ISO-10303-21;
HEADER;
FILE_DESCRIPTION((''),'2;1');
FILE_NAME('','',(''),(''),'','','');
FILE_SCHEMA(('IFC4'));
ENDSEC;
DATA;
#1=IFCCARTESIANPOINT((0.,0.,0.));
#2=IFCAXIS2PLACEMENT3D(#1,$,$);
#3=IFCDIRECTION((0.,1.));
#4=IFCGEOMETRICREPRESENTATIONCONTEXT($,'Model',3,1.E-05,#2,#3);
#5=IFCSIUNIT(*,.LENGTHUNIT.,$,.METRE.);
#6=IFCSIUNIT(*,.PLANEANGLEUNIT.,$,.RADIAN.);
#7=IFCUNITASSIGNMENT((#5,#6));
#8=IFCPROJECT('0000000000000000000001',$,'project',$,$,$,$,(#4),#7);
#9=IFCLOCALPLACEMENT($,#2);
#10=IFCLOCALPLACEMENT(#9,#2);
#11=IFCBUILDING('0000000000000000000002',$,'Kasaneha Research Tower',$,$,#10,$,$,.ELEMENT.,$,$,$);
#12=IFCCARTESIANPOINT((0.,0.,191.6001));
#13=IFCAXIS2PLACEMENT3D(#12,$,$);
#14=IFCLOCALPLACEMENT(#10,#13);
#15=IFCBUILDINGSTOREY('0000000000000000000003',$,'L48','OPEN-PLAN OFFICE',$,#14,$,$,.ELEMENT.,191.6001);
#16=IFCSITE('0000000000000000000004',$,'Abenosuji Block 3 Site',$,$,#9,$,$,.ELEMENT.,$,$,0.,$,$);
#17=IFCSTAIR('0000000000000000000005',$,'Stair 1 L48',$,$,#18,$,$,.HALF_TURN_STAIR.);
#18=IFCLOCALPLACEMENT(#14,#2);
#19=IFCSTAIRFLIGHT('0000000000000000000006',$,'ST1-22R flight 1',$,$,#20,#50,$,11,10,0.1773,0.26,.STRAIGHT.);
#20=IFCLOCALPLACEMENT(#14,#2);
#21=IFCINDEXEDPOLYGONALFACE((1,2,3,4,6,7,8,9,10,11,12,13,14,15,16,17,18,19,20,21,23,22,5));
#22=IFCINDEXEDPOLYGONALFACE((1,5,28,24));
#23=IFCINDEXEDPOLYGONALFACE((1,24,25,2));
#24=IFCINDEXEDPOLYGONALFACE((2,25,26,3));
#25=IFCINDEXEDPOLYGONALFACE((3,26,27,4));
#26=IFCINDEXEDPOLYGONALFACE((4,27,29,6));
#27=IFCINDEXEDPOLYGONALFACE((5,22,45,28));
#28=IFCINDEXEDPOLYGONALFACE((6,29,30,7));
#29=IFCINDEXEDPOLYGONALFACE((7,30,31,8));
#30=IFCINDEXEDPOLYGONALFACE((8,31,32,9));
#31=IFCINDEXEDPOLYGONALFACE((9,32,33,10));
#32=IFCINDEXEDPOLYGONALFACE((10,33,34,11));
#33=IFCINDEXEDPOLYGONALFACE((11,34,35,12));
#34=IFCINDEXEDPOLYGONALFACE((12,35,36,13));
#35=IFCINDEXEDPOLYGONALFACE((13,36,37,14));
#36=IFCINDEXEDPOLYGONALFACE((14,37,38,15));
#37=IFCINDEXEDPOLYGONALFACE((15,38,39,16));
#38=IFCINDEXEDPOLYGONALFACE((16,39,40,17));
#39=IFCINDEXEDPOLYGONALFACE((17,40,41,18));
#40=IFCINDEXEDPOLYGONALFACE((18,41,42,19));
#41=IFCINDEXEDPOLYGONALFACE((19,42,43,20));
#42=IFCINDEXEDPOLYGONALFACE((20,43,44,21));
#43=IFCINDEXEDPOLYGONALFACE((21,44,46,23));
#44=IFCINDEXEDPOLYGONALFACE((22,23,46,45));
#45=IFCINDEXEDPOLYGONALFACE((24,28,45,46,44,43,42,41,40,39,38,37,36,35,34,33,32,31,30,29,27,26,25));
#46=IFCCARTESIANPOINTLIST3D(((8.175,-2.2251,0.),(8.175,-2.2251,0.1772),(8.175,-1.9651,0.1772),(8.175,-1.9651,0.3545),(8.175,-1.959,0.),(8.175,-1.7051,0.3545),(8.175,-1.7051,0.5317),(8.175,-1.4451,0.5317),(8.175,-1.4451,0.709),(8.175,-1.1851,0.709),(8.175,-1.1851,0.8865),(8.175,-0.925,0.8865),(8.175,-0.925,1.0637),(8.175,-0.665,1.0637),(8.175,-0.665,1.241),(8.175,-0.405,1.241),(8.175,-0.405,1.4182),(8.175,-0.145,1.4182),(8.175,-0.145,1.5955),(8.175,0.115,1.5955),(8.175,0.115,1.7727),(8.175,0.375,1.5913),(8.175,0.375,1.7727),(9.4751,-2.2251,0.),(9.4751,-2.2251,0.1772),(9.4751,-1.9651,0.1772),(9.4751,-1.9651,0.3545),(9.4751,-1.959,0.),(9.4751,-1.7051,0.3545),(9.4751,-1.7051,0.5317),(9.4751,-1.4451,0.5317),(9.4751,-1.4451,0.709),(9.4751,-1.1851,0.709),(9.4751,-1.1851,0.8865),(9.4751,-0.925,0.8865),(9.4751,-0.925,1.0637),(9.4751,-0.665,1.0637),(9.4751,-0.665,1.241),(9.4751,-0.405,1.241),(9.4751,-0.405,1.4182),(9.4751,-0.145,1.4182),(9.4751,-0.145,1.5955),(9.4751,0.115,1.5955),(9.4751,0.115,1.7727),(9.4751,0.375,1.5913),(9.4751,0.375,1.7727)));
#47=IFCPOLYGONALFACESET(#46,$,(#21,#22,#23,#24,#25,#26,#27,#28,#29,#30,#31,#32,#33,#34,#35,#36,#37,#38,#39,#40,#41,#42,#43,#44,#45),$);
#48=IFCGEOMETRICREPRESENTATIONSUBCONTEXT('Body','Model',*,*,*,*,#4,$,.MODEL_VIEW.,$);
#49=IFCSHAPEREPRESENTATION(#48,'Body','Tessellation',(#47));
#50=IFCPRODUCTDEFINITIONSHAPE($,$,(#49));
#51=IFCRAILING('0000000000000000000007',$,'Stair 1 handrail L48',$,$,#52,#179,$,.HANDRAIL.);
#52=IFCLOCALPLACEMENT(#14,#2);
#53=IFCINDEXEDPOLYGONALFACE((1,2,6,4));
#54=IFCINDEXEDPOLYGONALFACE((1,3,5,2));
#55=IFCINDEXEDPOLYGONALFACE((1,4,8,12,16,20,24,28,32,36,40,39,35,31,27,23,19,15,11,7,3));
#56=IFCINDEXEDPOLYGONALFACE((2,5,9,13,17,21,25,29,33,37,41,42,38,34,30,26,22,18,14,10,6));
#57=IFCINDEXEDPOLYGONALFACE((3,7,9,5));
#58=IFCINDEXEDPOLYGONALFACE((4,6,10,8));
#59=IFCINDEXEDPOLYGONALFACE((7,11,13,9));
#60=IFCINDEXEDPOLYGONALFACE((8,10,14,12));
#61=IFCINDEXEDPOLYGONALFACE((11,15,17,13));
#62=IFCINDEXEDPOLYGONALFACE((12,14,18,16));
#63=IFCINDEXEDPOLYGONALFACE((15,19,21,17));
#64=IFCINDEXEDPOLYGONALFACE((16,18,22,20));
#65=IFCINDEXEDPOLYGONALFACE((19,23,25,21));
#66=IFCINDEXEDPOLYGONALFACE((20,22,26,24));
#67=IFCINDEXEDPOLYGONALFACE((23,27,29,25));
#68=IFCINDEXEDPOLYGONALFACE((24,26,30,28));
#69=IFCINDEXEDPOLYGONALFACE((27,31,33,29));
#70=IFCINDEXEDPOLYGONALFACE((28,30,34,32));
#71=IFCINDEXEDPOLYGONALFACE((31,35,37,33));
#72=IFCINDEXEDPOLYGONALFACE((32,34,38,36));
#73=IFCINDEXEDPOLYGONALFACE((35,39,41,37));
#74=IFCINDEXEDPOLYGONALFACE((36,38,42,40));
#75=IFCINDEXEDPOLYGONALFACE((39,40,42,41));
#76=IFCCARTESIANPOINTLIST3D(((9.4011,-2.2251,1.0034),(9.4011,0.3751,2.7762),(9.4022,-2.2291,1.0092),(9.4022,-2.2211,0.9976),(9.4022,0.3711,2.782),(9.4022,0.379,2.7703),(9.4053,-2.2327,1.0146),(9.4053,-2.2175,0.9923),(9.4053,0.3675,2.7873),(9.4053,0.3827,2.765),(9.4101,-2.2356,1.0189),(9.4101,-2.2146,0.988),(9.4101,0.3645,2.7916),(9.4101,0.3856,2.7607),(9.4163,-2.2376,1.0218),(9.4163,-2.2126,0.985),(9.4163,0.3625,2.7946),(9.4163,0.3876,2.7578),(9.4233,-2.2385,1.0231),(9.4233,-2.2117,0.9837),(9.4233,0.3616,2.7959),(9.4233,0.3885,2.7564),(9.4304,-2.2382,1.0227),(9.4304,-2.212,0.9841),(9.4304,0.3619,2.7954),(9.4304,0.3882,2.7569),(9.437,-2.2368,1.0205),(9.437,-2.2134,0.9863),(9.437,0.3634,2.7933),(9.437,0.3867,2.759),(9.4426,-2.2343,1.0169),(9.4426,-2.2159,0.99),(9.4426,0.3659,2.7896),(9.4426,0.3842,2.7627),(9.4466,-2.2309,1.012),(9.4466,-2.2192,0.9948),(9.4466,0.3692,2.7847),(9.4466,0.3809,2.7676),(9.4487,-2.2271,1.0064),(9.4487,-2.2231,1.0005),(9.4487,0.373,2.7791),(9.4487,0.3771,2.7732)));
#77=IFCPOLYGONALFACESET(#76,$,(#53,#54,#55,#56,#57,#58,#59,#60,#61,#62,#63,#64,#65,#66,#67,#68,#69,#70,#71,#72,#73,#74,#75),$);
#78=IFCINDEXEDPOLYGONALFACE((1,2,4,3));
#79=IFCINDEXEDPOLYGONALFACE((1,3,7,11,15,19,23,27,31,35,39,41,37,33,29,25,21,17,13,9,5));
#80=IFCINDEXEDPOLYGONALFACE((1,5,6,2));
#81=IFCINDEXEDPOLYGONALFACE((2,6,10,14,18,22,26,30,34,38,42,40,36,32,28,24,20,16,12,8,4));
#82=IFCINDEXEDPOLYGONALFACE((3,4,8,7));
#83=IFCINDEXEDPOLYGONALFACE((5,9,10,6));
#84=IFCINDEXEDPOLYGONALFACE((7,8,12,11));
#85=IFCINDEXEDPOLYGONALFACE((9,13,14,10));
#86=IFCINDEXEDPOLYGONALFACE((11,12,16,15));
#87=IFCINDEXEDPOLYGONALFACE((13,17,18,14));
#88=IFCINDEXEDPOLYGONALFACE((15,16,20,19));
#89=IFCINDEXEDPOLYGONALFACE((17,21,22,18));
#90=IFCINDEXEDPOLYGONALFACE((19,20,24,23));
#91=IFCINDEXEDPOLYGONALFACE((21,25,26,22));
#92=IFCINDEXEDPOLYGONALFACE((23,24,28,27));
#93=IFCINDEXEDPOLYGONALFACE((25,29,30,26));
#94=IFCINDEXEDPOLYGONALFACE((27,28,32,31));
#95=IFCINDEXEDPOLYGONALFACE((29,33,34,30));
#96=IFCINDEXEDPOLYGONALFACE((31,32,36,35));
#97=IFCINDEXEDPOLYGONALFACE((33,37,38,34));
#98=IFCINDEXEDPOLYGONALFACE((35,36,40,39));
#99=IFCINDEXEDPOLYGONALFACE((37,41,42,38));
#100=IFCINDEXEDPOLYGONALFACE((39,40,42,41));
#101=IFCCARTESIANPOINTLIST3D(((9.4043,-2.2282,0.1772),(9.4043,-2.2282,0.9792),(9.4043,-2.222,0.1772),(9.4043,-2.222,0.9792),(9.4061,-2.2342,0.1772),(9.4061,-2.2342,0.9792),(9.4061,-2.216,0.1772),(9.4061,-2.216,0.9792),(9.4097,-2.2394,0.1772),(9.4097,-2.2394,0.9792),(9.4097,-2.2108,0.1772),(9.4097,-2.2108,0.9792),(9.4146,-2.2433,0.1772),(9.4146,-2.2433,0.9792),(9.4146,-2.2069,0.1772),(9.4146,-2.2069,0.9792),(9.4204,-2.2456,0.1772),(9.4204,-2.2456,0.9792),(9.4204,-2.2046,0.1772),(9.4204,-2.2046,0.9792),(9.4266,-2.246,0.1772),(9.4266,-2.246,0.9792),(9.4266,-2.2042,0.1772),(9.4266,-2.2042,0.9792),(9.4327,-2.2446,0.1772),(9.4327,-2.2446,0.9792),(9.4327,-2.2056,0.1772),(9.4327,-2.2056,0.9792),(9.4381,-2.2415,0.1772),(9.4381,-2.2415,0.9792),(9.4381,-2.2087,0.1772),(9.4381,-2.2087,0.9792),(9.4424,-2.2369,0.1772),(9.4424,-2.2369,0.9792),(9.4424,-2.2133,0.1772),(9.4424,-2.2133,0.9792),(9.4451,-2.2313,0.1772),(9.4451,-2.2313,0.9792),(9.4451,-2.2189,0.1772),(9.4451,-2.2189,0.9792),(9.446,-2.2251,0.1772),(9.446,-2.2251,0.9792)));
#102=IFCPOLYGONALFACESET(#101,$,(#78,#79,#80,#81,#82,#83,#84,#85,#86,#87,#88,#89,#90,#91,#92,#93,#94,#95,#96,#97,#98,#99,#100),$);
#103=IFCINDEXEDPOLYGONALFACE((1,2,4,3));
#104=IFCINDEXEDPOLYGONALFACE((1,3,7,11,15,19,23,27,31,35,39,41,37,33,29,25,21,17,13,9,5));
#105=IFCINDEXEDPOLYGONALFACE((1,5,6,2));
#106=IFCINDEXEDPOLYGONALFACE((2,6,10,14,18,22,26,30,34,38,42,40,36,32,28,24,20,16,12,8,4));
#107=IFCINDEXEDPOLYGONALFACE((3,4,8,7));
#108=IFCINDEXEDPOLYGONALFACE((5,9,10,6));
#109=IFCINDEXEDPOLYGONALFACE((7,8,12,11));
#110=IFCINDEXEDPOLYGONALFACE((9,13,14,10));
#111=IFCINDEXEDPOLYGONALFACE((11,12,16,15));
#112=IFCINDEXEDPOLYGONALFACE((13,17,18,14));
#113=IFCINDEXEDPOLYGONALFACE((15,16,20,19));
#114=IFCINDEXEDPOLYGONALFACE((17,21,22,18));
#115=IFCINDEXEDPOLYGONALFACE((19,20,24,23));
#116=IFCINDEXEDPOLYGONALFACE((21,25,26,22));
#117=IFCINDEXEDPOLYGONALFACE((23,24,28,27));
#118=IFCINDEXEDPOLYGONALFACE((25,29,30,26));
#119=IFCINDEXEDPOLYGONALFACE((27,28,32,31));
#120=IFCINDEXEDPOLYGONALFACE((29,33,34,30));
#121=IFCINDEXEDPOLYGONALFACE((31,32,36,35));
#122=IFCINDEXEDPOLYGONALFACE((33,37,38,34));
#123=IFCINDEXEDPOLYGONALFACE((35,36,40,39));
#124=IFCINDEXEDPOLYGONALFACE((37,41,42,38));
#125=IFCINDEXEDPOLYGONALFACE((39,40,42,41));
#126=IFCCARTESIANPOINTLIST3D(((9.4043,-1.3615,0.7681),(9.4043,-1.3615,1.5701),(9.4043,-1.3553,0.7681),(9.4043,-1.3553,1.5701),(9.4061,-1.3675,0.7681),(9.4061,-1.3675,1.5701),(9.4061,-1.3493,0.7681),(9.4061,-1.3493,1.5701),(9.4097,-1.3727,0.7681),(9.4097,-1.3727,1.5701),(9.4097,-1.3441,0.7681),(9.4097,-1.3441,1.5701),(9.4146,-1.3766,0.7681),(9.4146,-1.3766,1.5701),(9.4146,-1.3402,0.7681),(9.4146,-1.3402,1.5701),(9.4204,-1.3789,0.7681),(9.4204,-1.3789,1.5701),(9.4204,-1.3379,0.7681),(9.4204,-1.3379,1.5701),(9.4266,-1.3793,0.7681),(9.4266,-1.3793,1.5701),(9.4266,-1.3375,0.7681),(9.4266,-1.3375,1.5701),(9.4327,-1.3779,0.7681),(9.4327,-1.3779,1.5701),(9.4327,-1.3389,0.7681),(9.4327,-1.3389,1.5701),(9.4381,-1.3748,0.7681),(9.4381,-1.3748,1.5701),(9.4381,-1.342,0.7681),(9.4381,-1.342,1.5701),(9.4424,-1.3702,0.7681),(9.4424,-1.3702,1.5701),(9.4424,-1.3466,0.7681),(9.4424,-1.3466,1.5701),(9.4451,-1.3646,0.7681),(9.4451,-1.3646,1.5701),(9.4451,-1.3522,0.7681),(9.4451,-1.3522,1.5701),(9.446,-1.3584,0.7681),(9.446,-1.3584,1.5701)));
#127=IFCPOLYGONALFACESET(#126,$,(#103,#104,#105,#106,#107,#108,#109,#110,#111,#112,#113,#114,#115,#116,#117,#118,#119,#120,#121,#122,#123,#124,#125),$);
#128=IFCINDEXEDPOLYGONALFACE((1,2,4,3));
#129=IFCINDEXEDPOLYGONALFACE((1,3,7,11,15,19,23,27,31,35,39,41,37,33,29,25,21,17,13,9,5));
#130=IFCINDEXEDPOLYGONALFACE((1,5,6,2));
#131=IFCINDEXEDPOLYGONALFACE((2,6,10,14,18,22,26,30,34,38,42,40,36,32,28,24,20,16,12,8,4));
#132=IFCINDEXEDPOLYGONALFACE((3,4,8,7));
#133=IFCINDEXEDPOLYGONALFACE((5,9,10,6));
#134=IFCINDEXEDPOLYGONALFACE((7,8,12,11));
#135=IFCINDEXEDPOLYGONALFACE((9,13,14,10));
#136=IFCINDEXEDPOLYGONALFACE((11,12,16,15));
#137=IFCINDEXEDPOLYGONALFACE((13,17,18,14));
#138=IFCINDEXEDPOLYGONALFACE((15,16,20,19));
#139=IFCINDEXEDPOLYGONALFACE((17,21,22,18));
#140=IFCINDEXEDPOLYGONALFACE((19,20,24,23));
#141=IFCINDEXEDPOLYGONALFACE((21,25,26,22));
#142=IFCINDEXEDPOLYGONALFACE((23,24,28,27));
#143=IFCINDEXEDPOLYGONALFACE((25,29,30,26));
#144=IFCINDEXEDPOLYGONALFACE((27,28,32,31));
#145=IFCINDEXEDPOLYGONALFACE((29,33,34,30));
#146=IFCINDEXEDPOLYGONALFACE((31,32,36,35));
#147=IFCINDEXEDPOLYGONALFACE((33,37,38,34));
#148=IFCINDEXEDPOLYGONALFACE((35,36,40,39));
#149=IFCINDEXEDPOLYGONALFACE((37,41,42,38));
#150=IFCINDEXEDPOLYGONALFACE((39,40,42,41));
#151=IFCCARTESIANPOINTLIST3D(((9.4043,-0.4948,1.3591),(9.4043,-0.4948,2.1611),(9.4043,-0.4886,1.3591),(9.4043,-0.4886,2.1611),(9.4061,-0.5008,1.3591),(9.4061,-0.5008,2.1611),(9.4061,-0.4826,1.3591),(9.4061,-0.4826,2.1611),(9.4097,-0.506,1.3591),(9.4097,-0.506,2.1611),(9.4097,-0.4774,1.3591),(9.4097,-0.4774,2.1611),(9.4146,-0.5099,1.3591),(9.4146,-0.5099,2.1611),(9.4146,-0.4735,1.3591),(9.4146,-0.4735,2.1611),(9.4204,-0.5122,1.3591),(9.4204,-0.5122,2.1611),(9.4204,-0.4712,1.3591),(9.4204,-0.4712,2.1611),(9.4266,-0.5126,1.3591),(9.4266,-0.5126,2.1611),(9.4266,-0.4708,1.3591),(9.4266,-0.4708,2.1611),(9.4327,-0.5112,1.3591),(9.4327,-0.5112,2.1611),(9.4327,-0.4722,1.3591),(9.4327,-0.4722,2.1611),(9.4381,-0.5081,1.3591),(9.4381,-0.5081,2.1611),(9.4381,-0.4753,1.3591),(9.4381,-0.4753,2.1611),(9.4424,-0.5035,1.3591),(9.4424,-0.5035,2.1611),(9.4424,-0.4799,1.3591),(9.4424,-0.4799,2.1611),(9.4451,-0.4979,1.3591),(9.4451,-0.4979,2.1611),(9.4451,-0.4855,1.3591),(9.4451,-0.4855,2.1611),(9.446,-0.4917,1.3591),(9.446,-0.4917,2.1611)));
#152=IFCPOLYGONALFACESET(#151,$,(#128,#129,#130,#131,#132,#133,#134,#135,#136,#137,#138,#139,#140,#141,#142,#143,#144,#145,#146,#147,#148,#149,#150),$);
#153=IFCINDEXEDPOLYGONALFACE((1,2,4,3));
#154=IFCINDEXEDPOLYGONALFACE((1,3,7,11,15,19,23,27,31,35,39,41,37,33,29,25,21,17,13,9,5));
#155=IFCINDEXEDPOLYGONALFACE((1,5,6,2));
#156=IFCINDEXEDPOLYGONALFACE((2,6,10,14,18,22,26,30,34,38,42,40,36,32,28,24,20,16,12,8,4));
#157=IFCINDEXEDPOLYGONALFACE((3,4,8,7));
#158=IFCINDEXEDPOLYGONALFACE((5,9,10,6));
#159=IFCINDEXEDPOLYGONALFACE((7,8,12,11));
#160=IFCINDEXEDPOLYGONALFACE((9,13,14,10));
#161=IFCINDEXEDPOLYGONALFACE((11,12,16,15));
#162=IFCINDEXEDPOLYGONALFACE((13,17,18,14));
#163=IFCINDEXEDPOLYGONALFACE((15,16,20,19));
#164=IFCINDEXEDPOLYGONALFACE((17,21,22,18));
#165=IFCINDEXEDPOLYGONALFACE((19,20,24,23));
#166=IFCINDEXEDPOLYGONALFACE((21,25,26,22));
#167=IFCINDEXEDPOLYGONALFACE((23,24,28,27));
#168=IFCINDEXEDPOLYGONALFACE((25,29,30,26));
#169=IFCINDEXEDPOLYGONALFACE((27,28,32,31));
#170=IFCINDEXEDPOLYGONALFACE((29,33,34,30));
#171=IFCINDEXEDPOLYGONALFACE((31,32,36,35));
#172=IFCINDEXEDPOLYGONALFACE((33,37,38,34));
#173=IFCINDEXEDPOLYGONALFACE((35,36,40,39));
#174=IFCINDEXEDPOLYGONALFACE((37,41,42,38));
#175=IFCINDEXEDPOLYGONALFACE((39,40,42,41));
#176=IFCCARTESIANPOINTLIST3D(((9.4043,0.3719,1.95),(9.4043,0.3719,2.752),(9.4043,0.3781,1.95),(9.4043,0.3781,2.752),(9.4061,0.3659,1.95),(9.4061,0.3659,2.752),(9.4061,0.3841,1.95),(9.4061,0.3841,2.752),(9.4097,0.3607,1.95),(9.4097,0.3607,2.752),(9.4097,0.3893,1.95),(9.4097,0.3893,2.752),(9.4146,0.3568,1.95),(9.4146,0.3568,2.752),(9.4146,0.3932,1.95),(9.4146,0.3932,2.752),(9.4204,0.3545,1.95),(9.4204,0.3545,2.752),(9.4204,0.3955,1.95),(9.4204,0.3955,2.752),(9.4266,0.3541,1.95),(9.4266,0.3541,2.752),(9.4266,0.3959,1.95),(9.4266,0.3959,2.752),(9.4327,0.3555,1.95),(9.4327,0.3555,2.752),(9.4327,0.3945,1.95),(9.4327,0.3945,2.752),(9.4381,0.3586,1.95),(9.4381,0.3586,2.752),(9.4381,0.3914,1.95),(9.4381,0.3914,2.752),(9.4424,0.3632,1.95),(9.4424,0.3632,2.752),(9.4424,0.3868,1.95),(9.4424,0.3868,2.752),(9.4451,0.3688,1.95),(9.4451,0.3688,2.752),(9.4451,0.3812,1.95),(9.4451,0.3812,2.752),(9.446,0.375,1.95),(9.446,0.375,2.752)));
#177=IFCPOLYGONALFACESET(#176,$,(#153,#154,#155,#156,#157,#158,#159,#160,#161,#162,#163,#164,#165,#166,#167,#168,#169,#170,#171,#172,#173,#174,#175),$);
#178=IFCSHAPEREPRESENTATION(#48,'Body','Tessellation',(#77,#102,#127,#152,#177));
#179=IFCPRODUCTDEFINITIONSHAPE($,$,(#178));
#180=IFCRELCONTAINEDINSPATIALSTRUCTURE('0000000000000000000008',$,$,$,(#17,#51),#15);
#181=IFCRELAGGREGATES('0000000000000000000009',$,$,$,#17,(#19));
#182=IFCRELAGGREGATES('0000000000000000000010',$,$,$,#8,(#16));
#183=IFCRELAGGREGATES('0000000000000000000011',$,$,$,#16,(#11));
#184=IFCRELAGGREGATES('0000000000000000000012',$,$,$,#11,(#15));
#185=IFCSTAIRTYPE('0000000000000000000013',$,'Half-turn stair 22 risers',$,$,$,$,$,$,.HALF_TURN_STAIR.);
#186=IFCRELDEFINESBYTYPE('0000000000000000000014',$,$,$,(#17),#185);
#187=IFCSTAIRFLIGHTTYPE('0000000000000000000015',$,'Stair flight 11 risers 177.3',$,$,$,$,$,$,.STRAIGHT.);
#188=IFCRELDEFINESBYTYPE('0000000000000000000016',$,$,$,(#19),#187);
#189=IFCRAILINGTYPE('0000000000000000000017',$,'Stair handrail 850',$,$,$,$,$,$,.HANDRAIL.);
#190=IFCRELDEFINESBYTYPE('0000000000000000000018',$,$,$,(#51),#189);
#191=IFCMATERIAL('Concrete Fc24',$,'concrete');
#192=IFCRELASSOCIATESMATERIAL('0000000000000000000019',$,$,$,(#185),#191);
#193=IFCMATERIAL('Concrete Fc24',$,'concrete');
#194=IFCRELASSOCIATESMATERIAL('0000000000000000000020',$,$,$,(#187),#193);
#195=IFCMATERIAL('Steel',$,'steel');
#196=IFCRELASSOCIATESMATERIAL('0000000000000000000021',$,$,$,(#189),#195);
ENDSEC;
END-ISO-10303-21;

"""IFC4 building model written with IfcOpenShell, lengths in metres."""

from ifc_helpers import new_model, si_unit, direction, frame, origin, origin_2d, place, context, subcontext, project, spatial, polyline, circle, outline, extrude, material, type_object, element, aggregate, save


model = new_model("IFC4")

# Units and contexts
model_context = context("Model", 3, precision=1e-05, world=origin(), true_north=direction((0.0, 1.0)))
body_context = subcontext(model_context, "Body", "Model", "MODEL_VIEW")
ifc_project = project(units=[si_unit("LENGTHUNIT", "METRE"), si_unit("PLANEANGLEUNIT", "RADIAN")], contexts=[model_context])

# Site, building, storey
site_placement = place(None, origin())
site = spatial("IfcSite", under=ifc_project, at=site_placement, Name="Abenosuji Block 3 Site", CompositionType="ELEMENT", RefElevation=0.0)
building_placement = place(site_placement, origin())
building = spatial("IfcBuilding", under=site, at=building_placement, Name="Kasaneha Research Tower", CompositionType="ELEMENT")
storey_placement = place(building_placement, frame((0.0, 0.0, 191.6001)))
storey = spatial("IfcBuildingStorey", under=building, at=storey_placement, Name="L48", Description="OPEN-PLAN OFFICE", CompositionType="ELEMENT", Elevation=191.6001)

# Stair, stair flight
ifc_material_1 = material(Name="Concrete Fc24", Category="concrete")
stair_type = type_object("IfcStairType", Name="Half-turn stair 22 risers", PredefinedType="HALF_TURN_STAIR", material=ifc_material_1)
stair_placement = place(storey_placement, origin())
stair = element("IfcStair", 1, at=stair_placement, inside=storey, type_object=stair_type, Name="Stair 1 L48", PredefinedType="HALF_TURN_STAIR")
ifc_material_2 = material(Name="Concrete Fc24", Category="concrete")
stair_flight_type = type_object("IfcStairFlightType", Name="Stair flight 11 risers 177.3", PredefinedType="STRAIGHT", material=ifc_material_2)
stair_flight_placement = place(storey_placement, frame((8.825, -2.2251, 0.0), z_axis=(0.0, 0.0, 1.0), x_axis=(0.0, 1.0, 0.0)))
stair_flight = element("IfcStairFlight", 2, at=stair_flight_placement, type_object=stair_flight_type, Name="ST1-22R flight 1", NumberOfRisers=11, NumberOfTreads=10, PredefinedType="STRAIGHT", RiserHeight=0.1773, TreadLength=0.26, context=body_context, shape_type="SweptSolid", body=[
    extrude(outline(polyline([(0.0, 0.0), (0.0, 0.1772), (0.26, 0.1772), (0.26, 0.3545), (0.52, 0.3545), (0.52, 0.5317), (0.78, 0.5317), (0.78, 0.709), (1.04, 0.709), (1.04, 0.8865), (1.3, 0.8865), (1.3, 1.0637), (1.5601, 1.0637), (1.5601, 1.241), (1.8201, 1.241), (1.8201, 1.4182), (2.0801, 1.4182), (2.0801, 1.5955), (2.3401, 1.5955), (2.3401, 1.7727), (2.6001, 1.7727), (2.6001, 1.95), (2.6001, 1.5913), (0.2661, 0.0), (0.0, 0.0)])), frame((0.0, 0.6499, 0.0), z_axis=(0.0, -1.0, 0.0), x_axis=(1.0, 0.0, 0.0)), (0.0, 0.0, 1.0), 1.3),
])
aggregate(stair, [stair_flight])

# Railing
ifc_material_3 = material(Name="Steel", Category="steel")
railing_type = type_object("IfcRailingType", Name="Stair handrail 850", PredefinedType="HANDRAIL", material=ifc_material_3)
railing_placement = place(storey_placement, frame((9.425, -2.2251, 0.1772)))
element("IfcRailing", 3, at=railing_placement, inside=storey, type_object=railing_type, Name="Stair 1 handrail L48", PredefinedType="HANDRAIL", context=body_context, shape_type="SweptSolid", body=[
    extrude(circle(Radius=0.0239, at=origin_2d()), frame((0.0, 0.0, 0.8262), z_axis=(0.0, 0.82624, 0.563318), x_axis=(-1.0, 0.0, 0.0)), (0.0, 0.0, 1.0), 3.147),
    extrude(circle(Radius=0.021, at=origin_2d()), origin(), (0.0, 0.0, 1.0), 0.802),
    extrude(circle(Radius=0.021, at=origin_2d()), frame((0.0, 0.8667, 0.5908)), (0.0, 0.0, 1.0), 0.802),
    extrude(circle(Radius=0.021, at=origin_2d()), frame((0.0, 1.7334, 1.1819)), (0.0, 0.0, 1.0), 0.802),
    extrude(circle(Radius=0.021, at=origin_2d()), frame((0.0, 2.6001, 1.7727)), (0.0, 0.0, 1.0), 0.802),
])

save(model, "model.ifc")
